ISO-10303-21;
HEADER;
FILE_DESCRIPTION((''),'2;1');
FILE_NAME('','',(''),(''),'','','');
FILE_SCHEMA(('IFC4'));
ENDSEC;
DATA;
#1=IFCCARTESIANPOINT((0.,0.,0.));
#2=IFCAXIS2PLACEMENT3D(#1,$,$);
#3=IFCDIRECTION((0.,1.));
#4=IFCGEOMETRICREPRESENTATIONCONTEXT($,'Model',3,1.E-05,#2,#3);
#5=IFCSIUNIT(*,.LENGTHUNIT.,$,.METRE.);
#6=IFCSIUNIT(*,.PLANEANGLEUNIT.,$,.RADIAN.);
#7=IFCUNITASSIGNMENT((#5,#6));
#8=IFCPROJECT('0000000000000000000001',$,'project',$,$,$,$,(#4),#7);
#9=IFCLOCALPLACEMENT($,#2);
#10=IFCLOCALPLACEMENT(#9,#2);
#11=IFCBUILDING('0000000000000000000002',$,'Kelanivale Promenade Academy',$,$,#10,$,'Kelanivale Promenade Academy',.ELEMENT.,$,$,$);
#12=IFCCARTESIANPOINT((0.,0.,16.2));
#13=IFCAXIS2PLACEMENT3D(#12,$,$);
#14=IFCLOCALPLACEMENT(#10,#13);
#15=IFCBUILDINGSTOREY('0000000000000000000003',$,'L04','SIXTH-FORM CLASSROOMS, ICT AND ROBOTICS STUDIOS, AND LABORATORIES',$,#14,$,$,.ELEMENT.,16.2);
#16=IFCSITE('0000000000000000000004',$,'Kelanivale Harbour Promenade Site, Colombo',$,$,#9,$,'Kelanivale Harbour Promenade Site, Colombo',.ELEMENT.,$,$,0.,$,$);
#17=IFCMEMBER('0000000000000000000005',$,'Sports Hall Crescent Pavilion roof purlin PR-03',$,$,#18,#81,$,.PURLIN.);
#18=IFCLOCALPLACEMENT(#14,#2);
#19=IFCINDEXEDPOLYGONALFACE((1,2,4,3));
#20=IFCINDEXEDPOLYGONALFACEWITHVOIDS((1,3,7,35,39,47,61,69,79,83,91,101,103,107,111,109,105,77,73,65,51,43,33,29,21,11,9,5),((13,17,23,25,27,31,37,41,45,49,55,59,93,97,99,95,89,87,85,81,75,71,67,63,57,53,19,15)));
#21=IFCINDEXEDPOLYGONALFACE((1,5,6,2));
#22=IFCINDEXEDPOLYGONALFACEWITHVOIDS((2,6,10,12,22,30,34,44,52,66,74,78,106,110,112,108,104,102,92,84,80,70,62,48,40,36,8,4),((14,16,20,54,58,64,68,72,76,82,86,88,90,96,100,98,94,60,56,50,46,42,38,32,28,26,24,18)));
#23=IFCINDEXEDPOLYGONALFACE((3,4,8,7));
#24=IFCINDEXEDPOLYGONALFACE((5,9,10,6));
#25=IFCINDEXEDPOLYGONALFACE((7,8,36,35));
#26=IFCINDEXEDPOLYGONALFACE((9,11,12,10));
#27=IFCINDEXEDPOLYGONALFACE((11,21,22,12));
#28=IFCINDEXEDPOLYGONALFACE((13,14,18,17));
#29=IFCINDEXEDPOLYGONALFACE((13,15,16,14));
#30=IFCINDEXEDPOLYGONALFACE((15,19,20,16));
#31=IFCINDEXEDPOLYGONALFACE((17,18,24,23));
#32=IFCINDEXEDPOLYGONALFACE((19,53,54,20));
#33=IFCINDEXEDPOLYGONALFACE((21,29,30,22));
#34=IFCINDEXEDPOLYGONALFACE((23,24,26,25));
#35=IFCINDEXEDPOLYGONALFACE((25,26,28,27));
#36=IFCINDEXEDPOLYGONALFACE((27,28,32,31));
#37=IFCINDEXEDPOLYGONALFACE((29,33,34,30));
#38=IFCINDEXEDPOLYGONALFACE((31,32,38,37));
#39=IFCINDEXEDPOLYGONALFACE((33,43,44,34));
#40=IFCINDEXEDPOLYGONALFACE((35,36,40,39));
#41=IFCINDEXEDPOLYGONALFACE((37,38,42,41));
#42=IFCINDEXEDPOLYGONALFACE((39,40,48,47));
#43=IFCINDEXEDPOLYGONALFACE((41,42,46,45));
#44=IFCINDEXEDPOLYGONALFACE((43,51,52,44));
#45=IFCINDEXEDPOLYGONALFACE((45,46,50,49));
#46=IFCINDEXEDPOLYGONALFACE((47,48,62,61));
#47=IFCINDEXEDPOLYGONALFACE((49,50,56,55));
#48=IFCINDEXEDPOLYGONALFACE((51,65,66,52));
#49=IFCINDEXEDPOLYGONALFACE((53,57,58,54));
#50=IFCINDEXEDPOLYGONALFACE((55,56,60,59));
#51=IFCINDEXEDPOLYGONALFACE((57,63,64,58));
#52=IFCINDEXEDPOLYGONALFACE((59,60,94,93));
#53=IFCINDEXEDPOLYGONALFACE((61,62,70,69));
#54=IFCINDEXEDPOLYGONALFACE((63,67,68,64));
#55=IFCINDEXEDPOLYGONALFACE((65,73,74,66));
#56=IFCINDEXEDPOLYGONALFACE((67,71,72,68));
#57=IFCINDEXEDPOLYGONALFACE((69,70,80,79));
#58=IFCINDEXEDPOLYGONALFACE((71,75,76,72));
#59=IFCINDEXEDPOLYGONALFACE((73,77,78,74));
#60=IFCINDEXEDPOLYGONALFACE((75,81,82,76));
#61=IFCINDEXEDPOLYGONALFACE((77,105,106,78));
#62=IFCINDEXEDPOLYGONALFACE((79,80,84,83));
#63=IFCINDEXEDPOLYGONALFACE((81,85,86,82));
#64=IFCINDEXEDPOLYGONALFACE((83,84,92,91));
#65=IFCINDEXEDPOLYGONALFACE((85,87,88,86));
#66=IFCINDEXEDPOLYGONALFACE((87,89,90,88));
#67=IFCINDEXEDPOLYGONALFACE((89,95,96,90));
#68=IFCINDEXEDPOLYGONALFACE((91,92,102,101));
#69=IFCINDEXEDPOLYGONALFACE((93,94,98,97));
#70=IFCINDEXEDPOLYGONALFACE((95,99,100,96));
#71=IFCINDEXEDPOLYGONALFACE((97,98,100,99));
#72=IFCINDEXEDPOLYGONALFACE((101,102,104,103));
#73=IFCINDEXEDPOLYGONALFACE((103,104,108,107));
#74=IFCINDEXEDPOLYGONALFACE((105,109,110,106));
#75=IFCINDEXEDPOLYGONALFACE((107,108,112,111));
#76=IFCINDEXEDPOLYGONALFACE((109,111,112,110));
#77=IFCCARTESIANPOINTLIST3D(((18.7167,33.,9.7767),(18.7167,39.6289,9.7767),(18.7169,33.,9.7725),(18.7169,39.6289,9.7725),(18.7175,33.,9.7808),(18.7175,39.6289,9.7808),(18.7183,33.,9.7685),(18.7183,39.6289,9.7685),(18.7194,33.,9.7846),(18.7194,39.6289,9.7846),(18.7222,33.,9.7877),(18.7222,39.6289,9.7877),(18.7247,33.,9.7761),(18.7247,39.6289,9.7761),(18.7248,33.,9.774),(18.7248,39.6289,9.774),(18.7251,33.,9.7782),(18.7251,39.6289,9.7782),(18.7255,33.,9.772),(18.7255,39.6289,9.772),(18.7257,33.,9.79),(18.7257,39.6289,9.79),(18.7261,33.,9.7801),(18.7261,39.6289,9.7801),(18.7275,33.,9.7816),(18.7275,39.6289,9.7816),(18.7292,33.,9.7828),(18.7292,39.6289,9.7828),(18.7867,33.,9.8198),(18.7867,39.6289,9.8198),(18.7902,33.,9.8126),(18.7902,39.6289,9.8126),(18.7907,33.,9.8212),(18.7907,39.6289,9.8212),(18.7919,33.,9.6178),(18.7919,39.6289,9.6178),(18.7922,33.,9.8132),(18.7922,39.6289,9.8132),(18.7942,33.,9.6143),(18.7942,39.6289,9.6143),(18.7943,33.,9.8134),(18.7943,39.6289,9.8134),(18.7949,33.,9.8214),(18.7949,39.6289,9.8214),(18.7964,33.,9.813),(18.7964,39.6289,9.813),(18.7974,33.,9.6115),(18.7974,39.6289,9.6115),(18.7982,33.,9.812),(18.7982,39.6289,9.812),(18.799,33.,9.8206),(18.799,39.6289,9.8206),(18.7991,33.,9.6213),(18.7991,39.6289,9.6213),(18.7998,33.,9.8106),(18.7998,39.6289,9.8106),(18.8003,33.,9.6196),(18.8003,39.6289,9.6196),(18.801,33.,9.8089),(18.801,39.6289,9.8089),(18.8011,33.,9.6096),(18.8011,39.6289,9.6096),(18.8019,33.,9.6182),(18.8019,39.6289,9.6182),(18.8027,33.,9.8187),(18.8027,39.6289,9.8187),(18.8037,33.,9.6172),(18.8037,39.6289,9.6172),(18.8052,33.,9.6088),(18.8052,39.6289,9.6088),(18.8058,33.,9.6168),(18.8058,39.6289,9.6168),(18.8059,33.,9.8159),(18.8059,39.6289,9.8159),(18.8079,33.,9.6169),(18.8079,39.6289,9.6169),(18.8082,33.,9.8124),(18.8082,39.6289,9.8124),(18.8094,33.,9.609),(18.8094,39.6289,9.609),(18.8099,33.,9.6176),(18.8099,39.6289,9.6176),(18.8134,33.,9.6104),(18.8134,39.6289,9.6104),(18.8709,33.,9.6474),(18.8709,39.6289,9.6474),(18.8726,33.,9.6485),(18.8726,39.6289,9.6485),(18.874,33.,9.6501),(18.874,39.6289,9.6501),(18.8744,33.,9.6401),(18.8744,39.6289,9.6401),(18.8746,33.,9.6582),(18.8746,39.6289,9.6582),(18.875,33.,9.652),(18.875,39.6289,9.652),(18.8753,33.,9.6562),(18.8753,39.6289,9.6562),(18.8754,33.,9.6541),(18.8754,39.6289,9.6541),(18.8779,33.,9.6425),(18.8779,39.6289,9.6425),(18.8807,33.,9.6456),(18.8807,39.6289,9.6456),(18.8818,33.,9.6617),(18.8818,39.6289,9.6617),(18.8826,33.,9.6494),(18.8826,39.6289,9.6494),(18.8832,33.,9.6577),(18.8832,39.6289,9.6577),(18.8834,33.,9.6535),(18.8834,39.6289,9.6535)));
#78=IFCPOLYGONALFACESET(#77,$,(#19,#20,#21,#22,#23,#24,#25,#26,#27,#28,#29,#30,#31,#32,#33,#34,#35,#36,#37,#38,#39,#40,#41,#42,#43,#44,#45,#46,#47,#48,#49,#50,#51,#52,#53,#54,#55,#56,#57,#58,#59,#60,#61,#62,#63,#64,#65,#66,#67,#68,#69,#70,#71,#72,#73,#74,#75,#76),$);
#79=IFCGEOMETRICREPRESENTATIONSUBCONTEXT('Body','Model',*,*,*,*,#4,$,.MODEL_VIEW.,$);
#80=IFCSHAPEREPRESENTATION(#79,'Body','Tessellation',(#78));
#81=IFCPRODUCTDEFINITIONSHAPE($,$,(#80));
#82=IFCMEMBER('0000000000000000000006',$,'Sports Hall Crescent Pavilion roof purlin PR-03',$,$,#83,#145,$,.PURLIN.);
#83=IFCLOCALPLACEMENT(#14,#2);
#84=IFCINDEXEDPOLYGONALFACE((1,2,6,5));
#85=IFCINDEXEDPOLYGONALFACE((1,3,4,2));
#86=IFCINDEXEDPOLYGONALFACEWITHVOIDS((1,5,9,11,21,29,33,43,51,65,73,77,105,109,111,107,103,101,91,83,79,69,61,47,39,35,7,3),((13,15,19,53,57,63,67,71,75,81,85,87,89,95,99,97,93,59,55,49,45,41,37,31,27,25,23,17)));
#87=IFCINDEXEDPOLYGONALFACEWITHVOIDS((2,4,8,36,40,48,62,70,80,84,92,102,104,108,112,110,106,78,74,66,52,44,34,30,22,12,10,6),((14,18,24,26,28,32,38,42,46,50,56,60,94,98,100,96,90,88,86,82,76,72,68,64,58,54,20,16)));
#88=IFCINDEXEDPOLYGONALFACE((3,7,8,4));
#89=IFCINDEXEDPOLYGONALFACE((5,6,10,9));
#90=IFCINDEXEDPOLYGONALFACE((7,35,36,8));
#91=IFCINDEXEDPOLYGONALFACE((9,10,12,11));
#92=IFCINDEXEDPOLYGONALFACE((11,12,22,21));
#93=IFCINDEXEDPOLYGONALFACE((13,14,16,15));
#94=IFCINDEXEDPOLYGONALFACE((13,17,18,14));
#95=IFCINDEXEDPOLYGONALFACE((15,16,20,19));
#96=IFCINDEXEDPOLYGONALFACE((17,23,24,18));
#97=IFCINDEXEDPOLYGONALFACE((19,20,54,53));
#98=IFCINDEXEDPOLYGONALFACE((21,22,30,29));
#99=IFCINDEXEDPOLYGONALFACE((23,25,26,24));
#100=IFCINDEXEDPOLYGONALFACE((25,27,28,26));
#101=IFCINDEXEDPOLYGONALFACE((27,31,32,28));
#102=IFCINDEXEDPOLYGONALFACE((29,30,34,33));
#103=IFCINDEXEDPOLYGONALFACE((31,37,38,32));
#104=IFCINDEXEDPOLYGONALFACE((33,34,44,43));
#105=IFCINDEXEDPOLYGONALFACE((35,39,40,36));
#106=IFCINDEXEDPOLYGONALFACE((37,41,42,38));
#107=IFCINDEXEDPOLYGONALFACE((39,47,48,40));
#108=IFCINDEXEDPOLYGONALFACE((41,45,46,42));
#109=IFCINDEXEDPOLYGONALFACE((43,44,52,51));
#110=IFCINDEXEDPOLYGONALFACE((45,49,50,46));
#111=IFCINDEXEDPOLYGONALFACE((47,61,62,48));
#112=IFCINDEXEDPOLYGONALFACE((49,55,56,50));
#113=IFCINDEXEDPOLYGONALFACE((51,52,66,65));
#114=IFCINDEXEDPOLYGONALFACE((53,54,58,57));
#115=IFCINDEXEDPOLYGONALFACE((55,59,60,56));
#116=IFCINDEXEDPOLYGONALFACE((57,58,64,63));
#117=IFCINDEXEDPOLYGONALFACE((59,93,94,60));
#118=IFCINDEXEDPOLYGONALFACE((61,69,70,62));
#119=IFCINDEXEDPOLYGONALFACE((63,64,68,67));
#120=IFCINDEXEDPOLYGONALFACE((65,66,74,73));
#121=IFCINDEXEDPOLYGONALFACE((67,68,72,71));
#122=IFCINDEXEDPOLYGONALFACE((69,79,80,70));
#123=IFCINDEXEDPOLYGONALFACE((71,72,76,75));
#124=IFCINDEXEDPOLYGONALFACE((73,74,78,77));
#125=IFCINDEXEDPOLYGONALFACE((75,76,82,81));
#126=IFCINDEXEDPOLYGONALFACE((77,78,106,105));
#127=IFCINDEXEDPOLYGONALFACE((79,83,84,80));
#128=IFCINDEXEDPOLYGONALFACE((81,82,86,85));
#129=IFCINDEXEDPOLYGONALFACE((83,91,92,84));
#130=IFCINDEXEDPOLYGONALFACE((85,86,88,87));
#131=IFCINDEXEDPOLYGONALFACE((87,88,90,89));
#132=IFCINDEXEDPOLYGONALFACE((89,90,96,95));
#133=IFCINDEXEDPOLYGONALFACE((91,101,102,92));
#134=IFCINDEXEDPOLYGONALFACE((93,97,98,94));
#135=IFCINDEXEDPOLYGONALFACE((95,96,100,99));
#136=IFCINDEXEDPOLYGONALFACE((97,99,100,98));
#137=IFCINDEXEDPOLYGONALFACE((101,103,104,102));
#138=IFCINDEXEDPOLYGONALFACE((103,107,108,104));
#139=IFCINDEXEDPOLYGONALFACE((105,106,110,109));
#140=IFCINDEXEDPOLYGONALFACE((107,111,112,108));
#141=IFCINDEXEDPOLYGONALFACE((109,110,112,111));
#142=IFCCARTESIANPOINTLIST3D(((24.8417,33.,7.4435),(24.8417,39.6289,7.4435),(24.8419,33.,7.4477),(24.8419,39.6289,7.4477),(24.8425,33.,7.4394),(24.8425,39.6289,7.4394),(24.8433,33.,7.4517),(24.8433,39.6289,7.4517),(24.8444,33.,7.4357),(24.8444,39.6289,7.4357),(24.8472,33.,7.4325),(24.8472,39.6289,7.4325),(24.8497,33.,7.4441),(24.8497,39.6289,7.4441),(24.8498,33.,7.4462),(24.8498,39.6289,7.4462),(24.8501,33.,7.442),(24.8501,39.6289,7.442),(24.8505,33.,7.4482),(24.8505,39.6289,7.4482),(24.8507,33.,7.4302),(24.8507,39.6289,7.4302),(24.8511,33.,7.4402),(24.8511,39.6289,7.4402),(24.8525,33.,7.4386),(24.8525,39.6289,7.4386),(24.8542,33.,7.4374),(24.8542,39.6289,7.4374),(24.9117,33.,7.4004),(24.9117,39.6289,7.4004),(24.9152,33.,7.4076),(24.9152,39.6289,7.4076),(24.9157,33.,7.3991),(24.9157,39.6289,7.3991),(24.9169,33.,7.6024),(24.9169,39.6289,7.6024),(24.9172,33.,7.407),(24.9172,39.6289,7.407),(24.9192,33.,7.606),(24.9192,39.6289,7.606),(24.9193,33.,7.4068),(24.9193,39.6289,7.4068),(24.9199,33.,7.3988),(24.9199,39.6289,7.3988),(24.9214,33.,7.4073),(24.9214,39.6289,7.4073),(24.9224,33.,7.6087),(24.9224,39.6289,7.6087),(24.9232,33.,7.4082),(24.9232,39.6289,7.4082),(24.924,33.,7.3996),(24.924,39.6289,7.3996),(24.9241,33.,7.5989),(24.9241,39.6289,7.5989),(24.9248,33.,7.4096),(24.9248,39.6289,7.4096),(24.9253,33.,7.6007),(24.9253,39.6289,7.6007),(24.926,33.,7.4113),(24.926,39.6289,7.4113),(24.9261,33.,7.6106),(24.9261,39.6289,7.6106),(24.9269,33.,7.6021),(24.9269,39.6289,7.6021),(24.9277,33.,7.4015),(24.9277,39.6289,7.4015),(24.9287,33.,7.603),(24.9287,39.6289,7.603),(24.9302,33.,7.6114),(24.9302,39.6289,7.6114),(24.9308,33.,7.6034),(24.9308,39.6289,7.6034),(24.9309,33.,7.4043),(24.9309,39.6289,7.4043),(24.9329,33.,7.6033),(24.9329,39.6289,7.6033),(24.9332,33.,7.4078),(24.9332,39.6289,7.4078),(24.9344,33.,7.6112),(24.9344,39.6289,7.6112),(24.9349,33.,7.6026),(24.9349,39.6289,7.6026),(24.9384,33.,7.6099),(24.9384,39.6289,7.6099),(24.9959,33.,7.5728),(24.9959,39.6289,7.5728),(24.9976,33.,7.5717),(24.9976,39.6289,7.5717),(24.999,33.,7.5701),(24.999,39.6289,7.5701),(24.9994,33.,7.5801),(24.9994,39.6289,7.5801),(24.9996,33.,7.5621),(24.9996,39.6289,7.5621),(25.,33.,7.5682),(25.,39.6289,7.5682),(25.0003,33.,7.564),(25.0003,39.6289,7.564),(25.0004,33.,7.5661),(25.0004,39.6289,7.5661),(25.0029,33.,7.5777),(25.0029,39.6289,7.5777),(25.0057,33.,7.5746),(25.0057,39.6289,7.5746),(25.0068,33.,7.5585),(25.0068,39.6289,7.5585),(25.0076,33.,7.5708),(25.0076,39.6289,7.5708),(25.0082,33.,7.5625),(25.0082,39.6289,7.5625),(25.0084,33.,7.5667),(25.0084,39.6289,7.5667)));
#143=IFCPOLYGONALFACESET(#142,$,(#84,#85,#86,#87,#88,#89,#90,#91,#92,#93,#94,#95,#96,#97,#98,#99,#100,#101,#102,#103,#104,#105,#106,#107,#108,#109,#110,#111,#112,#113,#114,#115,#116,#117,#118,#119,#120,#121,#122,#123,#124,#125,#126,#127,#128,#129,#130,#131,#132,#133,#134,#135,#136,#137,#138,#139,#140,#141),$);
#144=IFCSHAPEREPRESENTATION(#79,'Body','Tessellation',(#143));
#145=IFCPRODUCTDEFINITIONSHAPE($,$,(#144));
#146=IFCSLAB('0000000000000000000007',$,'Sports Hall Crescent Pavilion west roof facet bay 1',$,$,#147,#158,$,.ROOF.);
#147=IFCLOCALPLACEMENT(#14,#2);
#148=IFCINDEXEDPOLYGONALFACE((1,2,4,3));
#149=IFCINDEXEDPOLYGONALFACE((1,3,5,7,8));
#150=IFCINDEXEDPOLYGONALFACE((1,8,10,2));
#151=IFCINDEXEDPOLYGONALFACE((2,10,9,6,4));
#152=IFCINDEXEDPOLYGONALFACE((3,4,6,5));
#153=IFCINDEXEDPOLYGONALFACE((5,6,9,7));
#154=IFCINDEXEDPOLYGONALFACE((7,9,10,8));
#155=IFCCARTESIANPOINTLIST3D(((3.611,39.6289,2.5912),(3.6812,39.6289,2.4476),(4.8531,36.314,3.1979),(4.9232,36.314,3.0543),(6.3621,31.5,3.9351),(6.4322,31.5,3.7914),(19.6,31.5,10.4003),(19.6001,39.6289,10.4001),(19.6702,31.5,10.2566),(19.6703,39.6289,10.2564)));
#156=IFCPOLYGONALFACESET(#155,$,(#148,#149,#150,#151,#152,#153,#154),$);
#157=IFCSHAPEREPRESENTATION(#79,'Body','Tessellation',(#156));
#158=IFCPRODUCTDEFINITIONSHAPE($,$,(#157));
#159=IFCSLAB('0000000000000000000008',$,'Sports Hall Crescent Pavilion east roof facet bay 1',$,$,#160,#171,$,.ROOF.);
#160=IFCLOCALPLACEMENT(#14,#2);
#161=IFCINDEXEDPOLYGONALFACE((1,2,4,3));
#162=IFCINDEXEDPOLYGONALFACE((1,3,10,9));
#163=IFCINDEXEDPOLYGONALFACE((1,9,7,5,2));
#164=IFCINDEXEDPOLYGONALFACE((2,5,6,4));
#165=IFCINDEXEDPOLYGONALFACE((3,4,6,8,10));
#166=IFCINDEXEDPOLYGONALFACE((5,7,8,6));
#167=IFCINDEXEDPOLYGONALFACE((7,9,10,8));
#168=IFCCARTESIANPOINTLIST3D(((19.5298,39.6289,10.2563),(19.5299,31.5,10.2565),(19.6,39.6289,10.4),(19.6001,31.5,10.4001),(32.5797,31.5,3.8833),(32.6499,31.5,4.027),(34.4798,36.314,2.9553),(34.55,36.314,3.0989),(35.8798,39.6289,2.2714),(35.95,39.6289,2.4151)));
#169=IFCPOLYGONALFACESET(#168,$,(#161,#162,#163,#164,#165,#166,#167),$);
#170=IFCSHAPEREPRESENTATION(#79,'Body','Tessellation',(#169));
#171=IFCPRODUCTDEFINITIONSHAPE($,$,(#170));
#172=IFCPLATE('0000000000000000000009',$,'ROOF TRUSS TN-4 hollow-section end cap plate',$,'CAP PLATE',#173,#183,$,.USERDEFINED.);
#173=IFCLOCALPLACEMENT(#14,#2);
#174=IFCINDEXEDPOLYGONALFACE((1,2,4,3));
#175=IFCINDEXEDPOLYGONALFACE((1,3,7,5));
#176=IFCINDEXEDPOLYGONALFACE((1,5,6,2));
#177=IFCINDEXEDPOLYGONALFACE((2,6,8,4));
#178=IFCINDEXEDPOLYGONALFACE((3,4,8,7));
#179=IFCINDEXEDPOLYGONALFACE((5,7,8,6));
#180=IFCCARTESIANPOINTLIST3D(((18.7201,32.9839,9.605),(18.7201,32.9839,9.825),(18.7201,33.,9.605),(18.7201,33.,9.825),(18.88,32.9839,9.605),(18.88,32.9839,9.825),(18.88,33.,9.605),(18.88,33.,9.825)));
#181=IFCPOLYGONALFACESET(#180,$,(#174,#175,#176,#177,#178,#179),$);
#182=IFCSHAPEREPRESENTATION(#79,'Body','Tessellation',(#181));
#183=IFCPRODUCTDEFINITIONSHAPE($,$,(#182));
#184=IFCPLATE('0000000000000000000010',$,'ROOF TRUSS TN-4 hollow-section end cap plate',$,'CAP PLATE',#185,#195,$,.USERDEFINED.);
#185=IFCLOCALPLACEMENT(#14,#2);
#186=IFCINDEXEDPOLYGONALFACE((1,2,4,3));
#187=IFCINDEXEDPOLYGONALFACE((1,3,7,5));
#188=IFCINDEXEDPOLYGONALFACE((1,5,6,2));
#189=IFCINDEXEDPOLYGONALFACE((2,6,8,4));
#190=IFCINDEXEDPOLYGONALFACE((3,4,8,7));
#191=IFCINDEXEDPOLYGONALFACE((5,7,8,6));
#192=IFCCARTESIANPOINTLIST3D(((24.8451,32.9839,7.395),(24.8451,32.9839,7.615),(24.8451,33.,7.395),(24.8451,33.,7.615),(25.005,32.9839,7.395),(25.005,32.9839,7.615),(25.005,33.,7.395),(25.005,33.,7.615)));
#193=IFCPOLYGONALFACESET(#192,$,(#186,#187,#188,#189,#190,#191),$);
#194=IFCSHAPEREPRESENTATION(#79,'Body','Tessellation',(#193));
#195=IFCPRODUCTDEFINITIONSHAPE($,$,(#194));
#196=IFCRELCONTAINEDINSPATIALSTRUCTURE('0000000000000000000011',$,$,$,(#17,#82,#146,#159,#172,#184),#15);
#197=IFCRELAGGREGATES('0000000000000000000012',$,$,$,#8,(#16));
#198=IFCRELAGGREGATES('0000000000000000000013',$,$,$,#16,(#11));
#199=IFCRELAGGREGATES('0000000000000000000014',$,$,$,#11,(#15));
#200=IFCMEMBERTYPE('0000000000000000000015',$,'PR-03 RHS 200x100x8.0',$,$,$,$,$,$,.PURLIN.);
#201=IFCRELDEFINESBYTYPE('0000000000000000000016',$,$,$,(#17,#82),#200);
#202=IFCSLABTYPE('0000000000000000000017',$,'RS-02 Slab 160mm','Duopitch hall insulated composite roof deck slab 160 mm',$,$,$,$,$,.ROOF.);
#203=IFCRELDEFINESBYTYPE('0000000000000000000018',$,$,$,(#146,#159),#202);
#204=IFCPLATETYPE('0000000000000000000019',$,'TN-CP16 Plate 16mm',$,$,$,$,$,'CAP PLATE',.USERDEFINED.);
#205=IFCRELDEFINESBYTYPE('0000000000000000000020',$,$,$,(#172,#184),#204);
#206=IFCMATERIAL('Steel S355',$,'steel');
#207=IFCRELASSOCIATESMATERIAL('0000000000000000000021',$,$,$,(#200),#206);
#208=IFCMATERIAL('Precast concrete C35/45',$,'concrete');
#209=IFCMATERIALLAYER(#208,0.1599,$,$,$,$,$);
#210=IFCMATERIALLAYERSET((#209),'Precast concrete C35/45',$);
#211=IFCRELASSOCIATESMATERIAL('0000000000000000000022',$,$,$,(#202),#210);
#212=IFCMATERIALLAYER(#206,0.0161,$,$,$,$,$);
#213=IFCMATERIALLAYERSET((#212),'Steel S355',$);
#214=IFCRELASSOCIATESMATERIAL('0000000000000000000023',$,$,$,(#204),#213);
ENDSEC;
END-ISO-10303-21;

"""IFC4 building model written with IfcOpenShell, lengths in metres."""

from ifc_helpers import new_model, si_unit, direction, frame, origin, origin_2d, place, context, subcontext, project, spatial, polyline, rectangle, hollow_rectangle, outline, extrude, material, layer, layer_set, material_profile, profile_set, type_object, element, save


model = new_model("IFC4")

# Units and contexts
model_context = context("Model", 3, precision=1e-05, world=origin(), true_north=direction((0.0, 1.0)))
body_context = subcontext(model_context, "Body", "Model", "MODEL_VIEW")
ifc_project = project(units=[si_unit("LENGTHUNIT", "METRE"), si_unit("PLANEANGLEUNIT", "RADIAN")], contexts=[model_context])

# Site, building, storey
site_placement = place(None, origin())
site = spatial("IfcSite", under=ifc_project, at=site_placement, Name="Kelanivale Harbour Promenade Site, Colombo", LongName="Kelanivale Harbour Promenade Site, Colombo", CompositionType="ELEMENT", RefElevation=0.0)
building_placement = place(site_placement, origin())
building = spatial("IfcBuilding", under=site, at=building_placement, Name="Kelanivale Promenade Academy", LongName="Kelanivale Promenade Academy", CompositionType="ELEMENT")
storey_placement = place(building_placement, frame((0.0, 0.0, 16.2)))
storey = spatial("IfcBuildingStorey", under=building, at=storey_placement, Name="L04", Description="SIXTH-FORM CLASSROOMS, ICT AND ROBOTICS STUDIOS, AND LABORATORIES", CompositionType="ELEMENT", Elevation=16.2)

# Members
ifc_material_1 = material(Name="Steel S355", Category="steel")
ifc_material_profile_1 = material_profile(ifc_material_1, hollow_rectangle(XDim=0.1001, YDim=0.2, WallThickness=0.0081, InnerFilletRadius=0.0081, OuterFilletRadius=0.0161, at=origin_2d()), Name="RHS 200x100x8.0")
ifc_profile_set_1 = profile_set([ifc_material_profile_1], Name="Steel S355")
member_type_1 = type_object("IfcMemberType", Name="PR-03 RHS 200x100x8.0", PredefinedType="PURLIN", material=ifc_profile_set_1)
for number, where, z_axis, x_axis, name in (
    (1, (18.8, 33.0, 9.7151), (0.0, 1.0, 0.0), (-0.898564, 0.0, -0.438842), "Sports Hall Crescent Pavilion roof purlin PR-03"),
    (2, (24.925, 33.0, 7.5051), (0.0, 1.0, 0.0), (-0.898564, 0.0, 0.438842), "Sports Hall Crescent Pavilion roof purlin PR-03"),
):
    element("IfcMember", number, at=place(storey_placement, frame(where, z_axis=z_axis, x_axis=x_axis)), inside=storey, type_object=member_type_1, Name=name, PredefinedType="PURLIN", context=body_context, shape_type="SweptSolid", body=[
        extrude(hollow_rectangle(XDim=0.1001, YDim=0.2, WallThickness=0.0081, InnerFilletRadius=0.0081, OuterFilletRadius=0.0161, at=origin_2d()), origin(), (0.0, 0.0, 1.0), 6.6289),
    ])

# Slabs
ifc_material_2 = material(Name="Precast concrete C35/45", Category="concrete")
ifc_layer_1 = layer(ifc_material_2, 0.1599)
ifc_layer_set_1 = layer_set([ifc_layer_1], Name="Precast concrete C35/45")
slab_type = type_object("IfcSlabType", Name="RS-02 Slab 160mm", Description="Duopitch hall insulated composite roof deck slab 160 mm", PredefinedType="ROOF", material=ifc_layer_set_1)
slab_1_placement = place(storey_placement, frame((6.3621, 31.5, 3.9351), z_axis=(-0.438843, 0.000027, 0.898564), x_axis=(0.898564, 0.0, 0.438843)))
element("IfcSlab", 3, at=slab_1_placement, inside=storey, type_object=slab_type, Name="Sports Hall Crescent Pavilion west roof facet bay 1", PredefinedType="ROOF", context=body_context, shape_type="SweptSolid", body=[
    extrude(outline(polyline([(0.0, 0.0), (14.7324, 0.0), (14.7324, 8.1289), (-3.0617, 8.1289), (-1.6794, 4.814), (0.0, 0.0)])), origin(), (0.0, 0.0, -1.0), 0.1599),
])
slab_2_placement = place(storey_placement, frame((19.6001, 31.5, 10.4001), z_axis=(0.438834, 0.000024, 0.898568), x_axis=(0.898568, 0.0, -0.438834)))
element("IfcSlab", 4, at=slab_2_placement, inside=storey, type_object=slab_type, Name="Sports Hall Crescent Pavilion east roof facet bay 1", PredefinedType="ROOF", context=body_context, shape_type="SweptSolid", body=[
    extrude(outline(polyline([(0.0, 0.0), (14.5228, 0.0), (16.6375, 4.814), (18.1956, 8.1289), (0.0, 8.1289), (0.0, 0.0)])), origin(), (0.0, 0.0, -1.0), 0.1599),
])

# Plates
ifc_layer_2 = layer(ifc_material_1, 0.0161)
ifc_layer_set_2 = layer_set([ifc_layer_2], Name="Steel S355")
plate_type = type_object("IfcPlateType", Name="TN-CP16 Plate 16mm", ElementType="CAP PLATE", PredefinedType="USERDEFINED", material=ifc_layer_set_2)
for number, where, z_axis, x_axis, name in (
    (5, (18.8, 32.9919, 9.605), (0.0, 0.0, 1.0), (0.0, -1.0, 0.0), "ROOF TRUSS TN-4 hollow-section end cap plate"),
    (6, (24.925, 32.9919, 7.395), (0.0, 0.0, 1.0), (0.0, -1.0, 0.0), "ROOF TRUSS TN-4 hollow-section end cap plate"),
):
    element("IfcPlate", number, at=place(storey_placement, frame(where, z_axis=z_axis, x_axis=x_axis)), inside=storey, type_object=plate_type, Name=name, ObjectType="CAP PLATE", PredefinedType="USERDEFINED", context=body_context, shape_type="SweptSolid", body=[
        extrude(rectangle(XDim=0.0161, YDim=0.1599, at=origin_2d()), origin(), (0.0, 0.0, 1.0), 0.22),
    ])

save(model, "model.ifc")
